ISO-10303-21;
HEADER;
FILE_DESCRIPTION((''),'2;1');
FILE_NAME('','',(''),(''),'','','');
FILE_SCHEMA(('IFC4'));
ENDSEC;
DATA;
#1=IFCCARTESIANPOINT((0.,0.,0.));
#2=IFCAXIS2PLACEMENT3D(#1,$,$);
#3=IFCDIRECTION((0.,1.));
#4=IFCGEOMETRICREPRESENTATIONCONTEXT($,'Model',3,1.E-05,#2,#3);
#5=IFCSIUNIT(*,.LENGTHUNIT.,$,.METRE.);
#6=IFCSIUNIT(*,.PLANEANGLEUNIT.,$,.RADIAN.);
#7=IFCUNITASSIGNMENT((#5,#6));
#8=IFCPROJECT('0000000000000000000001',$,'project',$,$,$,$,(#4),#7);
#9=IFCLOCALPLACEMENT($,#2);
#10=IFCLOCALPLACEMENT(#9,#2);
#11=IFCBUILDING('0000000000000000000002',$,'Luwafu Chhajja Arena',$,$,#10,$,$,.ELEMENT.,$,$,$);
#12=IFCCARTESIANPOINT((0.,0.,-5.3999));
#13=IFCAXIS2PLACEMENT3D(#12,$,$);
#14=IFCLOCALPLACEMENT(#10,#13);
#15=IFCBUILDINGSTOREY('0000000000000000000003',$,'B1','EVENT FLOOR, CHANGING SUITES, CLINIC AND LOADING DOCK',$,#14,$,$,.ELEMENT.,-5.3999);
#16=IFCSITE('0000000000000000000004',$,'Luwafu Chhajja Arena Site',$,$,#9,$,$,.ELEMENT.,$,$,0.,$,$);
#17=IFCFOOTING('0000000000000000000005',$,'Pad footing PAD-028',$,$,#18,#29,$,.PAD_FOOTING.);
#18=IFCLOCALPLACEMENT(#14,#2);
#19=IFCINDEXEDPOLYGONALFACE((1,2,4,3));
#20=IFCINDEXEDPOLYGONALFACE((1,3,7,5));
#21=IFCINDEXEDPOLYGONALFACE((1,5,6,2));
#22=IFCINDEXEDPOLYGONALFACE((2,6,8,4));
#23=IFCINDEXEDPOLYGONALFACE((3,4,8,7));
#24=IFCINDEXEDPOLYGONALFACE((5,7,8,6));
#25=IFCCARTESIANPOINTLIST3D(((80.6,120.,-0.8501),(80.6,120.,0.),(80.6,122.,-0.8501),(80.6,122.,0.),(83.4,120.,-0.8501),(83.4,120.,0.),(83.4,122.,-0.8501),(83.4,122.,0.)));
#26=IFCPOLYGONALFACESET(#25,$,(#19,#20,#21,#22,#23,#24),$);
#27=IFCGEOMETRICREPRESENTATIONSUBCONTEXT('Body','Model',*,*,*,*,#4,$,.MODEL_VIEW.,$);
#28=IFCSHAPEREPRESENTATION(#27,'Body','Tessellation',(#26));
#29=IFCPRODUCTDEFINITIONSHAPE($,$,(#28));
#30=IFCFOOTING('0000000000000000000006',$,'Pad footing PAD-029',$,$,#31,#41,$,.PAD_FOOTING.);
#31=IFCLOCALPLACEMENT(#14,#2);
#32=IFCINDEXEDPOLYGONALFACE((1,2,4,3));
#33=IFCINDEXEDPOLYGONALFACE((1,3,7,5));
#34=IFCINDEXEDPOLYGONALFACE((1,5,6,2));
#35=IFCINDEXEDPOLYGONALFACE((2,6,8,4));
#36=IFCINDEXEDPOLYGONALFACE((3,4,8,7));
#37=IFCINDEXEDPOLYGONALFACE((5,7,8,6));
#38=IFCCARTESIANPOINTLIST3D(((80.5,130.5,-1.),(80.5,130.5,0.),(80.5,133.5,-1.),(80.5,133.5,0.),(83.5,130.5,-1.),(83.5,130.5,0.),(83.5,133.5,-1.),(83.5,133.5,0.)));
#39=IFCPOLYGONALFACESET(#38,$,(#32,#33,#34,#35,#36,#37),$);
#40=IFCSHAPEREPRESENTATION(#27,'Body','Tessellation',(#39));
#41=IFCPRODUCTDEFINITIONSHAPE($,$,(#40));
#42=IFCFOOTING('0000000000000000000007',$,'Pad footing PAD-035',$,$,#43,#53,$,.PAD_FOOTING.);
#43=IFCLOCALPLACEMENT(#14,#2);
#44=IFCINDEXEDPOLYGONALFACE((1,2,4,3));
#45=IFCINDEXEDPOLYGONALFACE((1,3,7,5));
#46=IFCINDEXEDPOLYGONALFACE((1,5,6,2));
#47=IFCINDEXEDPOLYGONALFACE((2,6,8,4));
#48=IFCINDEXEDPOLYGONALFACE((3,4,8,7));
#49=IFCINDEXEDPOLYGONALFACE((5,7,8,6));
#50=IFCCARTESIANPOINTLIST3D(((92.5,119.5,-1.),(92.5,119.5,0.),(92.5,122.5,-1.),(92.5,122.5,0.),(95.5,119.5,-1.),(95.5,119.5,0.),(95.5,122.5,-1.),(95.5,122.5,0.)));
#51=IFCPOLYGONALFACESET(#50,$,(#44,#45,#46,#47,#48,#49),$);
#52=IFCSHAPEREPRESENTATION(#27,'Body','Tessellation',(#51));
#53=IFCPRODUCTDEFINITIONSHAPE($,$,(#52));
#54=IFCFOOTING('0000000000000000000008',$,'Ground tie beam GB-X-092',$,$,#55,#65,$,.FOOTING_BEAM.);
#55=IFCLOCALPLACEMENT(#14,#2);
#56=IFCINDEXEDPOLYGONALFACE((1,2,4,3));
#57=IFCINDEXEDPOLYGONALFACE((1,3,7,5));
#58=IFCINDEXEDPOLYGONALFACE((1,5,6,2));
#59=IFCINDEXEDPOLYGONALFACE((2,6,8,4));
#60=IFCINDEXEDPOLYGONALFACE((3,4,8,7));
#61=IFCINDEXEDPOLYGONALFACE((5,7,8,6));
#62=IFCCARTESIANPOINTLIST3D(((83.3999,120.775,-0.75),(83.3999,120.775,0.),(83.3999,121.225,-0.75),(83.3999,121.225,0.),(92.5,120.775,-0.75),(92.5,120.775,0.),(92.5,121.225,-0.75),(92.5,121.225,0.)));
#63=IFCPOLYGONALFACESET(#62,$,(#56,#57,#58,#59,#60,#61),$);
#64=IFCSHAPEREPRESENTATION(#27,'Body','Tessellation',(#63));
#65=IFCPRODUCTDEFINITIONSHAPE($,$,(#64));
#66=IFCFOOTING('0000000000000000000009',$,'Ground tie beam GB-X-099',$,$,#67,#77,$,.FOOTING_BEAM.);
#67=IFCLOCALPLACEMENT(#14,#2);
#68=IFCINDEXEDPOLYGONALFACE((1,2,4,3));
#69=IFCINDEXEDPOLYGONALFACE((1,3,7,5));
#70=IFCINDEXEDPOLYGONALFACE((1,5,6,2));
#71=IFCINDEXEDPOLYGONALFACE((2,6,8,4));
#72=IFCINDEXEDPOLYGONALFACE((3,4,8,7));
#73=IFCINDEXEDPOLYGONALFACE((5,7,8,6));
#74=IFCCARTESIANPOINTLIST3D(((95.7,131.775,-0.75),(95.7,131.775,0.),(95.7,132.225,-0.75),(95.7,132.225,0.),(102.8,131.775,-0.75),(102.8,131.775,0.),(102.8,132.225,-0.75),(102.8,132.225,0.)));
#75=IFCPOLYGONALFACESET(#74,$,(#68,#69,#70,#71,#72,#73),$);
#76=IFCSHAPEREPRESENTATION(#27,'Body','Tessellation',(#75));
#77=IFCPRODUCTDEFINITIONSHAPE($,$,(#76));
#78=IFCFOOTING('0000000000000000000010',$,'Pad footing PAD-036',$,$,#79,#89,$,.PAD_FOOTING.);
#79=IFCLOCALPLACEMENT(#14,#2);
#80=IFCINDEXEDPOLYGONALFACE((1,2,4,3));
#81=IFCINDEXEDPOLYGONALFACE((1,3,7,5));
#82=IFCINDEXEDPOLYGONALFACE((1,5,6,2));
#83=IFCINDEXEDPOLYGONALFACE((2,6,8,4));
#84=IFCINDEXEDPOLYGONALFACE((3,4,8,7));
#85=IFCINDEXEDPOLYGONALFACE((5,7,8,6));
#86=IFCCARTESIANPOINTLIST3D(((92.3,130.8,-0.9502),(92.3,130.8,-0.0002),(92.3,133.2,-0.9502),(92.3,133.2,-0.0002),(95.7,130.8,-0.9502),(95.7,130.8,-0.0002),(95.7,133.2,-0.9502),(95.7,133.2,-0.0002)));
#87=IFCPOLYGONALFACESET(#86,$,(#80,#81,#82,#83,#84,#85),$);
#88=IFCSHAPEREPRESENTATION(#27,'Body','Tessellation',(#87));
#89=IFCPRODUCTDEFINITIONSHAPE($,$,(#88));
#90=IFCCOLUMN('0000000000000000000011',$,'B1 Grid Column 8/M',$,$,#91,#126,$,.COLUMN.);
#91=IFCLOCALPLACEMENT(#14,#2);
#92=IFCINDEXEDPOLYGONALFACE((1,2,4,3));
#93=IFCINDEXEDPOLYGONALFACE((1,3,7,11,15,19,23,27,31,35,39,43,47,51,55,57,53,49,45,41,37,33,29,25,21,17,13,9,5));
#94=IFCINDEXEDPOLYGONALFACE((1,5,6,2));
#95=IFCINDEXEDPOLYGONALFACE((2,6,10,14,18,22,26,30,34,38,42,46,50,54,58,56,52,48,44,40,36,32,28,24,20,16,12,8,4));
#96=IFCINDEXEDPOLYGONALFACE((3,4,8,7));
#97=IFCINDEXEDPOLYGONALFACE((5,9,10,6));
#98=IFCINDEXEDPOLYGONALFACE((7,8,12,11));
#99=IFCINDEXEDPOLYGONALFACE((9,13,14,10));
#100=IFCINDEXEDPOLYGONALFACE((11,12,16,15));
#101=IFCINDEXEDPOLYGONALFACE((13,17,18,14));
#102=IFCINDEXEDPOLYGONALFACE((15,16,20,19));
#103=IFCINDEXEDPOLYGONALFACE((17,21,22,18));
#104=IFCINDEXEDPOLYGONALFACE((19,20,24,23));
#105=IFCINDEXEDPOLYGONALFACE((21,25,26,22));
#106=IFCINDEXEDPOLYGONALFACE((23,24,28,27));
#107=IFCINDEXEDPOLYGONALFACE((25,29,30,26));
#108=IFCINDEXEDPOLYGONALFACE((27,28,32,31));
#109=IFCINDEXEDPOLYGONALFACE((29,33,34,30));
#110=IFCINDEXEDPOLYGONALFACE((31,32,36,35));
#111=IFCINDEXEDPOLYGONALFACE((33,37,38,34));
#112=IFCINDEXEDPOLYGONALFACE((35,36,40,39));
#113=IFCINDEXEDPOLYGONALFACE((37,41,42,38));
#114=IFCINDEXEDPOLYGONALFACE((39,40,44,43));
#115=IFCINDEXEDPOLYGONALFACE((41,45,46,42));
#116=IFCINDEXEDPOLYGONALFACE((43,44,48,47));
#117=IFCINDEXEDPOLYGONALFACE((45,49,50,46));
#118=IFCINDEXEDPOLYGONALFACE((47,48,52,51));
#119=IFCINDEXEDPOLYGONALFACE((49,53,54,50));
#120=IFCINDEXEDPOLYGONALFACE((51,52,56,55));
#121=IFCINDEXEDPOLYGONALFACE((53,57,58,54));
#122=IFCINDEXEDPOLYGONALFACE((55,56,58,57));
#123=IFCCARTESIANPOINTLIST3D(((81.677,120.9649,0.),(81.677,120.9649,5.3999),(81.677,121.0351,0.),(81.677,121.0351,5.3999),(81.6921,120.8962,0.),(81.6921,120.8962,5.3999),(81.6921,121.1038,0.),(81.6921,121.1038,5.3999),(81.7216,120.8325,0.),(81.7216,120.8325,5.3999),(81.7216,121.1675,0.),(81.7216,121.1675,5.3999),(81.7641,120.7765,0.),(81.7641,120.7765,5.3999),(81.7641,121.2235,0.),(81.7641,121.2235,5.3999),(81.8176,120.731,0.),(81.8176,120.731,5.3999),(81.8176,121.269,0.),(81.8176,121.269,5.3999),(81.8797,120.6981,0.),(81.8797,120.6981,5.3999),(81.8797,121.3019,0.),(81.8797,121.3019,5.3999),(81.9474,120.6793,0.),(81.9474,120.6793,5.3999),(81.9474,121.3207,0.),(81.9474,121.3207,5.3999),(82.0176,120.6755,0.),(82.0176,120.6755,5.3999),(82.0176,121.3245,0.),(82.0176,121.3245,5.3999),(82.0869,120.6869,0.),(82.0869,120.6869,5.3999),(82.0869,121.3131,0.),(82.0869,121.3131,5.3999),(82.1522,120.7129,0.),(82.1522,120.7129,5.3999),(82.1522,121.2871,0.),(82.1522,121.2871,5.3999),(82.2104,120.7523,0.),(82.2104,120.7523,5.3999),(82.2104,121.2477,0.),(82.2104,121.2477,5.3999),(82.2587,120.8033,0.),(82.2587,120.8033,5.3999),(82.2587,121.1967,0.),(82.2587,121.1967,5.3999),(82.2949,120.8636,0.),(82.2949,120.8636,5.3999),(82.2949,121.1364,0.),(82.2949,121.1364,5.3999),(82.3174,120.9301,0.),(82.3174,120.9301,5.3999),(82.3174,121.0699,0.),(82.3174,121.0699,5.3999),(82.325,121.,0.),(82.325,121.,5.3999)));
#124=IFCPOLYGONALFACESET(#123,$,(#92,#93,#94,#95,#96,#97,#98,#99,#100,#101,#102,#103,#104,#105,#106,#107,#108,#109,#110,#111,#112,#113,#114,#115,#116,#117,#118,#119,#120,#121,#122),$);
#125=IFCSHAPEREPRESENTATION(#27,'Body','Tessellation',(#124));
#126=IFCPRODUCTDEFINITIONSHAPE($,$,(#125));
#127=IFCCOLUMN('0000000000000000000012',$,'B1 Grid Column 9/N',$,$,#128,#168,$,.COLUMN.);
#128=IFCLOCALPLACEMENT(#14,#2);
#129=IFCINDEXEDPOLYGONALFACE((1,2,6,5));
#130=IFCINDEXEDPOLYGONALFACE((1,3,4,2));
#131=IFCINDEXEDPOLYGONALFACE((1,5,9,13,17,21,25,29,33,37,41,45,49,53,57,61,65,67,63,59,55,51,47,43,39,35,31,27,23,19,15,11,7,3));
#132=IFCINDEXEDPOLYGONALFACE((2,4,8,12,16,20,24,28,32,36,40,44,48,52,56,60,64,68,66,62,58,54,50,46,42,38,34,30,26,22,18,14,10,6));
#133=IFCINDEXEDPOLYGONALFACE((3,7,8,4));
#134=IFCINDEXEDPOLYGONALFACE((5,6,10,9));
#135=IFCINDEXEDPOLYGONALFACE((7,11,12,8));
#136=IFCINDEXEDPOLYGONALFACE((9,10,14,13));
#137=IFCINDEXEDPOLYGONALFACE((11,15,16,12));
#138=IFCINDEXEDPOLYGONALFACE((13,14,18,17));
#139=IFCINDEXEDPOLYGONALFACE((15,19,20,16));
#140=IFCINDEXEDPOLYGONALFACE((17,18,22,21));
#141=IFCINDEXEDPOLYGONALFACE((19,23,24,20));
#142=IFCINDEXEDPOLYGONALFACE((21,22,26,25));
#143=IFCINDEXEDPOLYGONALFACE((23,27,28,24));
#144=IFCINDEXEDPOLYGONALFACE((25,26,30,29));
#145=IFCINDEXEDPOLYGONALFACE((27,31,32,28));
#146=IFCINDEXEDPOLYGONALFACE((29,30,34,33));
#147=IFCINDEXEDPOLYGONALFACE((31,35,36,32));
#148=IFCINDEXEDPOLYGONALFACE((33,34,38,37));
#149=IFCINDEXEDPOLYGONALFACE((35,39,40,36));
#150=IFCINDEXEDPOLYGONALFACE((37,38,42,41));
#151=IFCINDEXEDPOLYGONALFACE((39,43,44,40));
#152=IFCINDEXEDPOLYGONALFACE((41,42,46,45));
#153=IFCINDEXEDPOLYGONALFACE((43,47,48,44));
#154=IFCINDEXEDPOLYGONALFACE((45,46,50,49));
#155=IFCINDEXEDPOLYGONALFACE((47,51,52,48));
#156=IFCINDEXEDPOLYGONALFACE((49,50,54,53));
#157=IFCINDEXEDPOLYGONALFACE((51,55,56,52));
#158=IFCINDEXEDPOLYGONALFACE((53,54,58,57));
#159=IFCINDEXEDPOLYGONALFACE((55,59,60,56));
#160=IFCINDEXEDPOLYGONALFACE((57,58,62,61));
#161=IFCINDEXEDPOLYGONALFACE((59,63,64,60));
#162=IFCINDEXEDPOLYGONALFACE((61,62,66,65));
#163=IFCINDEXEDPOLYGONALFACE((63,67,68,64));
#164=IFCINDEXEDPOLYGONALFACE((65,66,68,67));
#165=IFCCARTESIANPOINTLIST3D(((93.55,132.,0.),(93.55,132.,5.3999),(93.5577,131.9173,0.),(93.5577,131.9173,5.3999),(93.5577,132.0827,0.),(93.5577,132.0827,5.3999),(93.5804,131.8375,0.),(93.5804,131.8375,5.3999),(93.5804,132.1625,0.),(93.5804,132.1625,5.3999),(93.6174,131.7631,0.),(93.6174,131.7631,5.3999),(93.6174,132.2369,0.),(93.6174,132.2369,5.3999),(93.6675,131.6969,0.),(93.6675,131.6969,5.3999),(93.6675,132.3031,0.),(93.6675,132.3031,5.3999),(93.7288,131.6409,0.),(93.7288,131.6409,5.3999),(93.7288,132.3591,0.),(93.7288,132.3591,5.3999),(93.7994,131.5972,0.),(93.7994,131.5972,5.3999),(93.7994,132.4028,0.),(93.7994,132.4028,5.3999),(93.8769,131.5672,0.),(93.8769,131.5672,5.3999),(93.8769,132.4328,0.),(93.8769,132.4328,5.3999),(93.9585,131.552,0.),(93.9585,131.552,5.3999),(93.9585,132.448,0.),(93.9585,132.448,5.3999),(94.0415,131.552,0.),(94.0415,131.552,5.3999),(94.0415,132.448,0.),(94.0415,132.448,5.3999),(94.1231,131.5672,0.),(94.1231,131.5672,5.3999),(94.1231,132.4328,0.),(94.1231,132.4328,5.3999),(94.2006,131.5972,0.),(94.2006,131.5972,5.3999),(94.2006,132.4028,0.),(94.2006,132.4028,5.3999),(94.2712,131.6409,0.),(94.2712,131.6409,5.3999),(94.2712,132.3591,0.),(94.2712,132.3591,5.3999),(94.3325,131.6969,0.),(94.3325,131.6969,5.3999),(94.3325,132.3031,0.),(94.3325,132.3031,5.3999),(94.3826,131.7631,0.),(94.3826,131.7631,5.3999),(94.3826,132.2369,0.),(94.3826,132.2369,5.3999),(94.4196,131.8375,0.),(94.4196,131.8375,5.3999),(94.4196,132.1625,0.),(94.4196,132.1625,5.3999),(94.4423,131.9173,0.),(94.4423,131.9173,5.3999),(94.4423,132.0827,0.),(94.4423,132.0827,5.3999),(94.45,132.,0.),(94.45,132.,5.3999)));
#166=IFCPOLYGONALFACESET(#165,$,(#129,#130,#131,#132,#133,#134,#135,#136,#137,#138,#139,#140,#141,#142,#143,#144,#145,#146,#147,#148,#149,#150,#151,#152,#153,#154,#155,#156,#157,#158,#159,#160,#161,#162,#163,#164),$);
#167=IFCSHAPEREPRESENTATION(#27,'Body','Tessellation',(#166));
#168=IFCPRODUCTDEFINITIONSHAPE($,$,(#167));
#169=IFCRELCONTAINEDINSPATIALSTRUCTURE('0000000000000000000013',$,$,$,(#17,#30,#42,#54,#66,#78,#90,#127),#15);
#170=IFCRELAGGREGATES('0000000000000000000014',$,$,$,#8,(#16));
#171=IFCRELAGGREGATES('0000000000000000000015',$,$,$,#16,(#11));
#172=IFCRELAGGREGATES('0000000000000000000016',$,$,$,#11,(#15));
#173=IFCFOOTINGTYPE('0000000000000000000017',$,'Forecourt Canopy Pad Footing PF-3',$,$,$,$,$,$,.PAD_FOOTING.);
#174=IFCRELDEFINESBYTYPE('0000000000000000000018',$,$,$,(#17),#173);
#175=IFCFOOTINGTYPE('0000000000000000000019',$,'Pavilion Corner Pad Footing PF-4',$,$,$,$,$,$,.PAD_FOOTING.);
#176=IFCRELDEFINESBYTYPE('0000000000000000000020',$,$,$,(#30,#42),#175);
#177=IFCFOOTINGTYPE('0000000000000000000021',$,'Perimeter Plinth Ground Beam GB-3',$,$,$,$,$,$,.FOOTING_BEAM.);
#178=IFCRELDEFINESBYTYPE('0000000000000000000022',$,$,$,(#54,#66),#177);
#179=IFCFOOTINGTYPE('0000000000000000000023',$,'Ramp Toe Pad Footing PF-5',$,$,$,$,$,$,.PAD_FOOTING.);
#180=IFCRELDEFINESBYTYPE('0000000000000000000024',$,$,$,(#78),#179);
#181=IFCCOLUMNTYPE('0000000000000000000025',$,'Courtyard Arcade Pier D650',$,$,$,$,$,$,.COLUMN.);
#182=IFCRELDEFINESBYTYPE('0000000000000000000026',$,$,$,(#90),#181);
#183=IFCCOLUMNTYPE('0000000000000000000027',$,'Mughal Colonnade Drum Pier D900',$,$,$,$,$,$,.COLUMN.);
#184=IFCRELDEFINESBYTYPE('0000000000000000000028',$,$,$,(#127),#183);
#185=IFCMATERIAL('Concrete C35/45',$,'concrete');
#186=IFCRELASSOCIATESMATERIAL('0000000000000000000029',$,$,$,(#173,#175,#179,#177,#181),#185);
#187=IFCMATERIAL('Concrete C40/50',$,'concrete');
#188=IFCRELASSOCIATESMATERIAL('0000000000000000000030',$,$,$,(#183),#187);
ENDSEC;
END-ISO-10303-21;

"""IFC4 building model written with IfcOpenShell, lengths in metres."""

from ifc_helpers import new_model, si_unit, direction, frame, origin, origin_2d, place, context, subcontext, project, spatial, rectangle, circle, extrude, material, material_profile, profile_set, type_object, element, save


model = new_model("IFC4")

# Units and contexts
model_context = context("Model", 3, precision=1e-05, world=origin(), true_north=direction((0.0, 1.0)))
body_context = subcontext(model_context, "Body", "Model", "MODEL_VIEW")
ifc_project = project(units=[si_unit("LENGTHUNIT", "METRE"), si_unit("PLANEANGLEUNIT", "RADIAN")], contexts=[model_context])

# Site, building, storey
site_placement = place(None, origin())
site = spatial("IfcSite", under=ifc_project, at=site_placement, Name="Luwafu Chhajja Arena Site", CompositionType="ELEMENT", RefElevation=0.0)
building_placement = place(site_placement, origin())
building = spatial("IfcBuilding", under=site, at=building_placement, Name="Luwafu Chhajja Arena", CompositionType="ELEMENT")
storey_placement = place(building_placement, frame((0.0, 0.0, -5.3999)))
storey = spatial("IfcBuildingStorey", under=building, at=storey_placement, Name="B1", Description="EVENT FLOOR, CHANGING SUITES, CLINIC AND LOADING DOCK", CompositionType="ELEMENT", Elevation=-5.3999)

# Footings
ifc_material_1 = material(Name="Concrete C35/45", Category="concrete")
footing_type_1 = type_object("IfcFootingType", Name="Forecourt Canopy Pad Footing PF-3", PredefinedType="PAD_FOOTING", material=ifc_material_1)
footing_1_placement = place(storey_placement, frame((82.0, 121.0, -0.8501), z_axis=(0.0, 0.0, 1.0), x_axis=(1.0, 0.0, 0.0)))
element("IfcFooting", 1, at=footing_1_placement, inside=storey, type_object=footing_type_1, Name="Pad footing PAD-028", PredefinedType="PAD_FOOTING", context=body_context, shape_type="SweptSolid", body=[
    extrude(rectangle(XDim=2.8, YDim=2.0, at=origin_2d()), origin(), (0.0, 0.0, 1.0), 0.8501),
])
footing_type_2 = type_object("IfcFootingType", Name="Pavilion Corner Pad Footing PF-4", PredefinedType="PAD_FOOTING", material=ifc_material_1)
for number, where, z_axis, x_axis, name in (
    (2, (82.0, 132.0, -1.0), (0.0, 0.0, 1.0), (1.0, 0.0, 0.0), "Pad footing PAD-029"),
    (3, (94.0, 121.0, -1.0), (0.0, 0.0, 1.0), (1.0, 0.0, 0.0), "Pad footing PAD-035"),
):
    element("IfcFooting", number, at=place(storey_placement, frame(where, z_axis=z_axis, x_axis=x_axis)), inside=storey, type_object=footing_type_2, Name=name, PredefinedType="PAD_FOOTING", context=body_context, shape_type="SweptSolid", body=[
        extrude(rectangle(XDim=3.0, YDim=3.0, at=origin_2d()), origin(), (0.0, 0.0, 1.0), 1.0),
    ])
ifc_material_profile_1 = material_profile(ifc_material_1, rectangle(XDim=0.45, YDim=0.75, at=origin_2d()), Name="RC 450x750")
ifc_profile_set_1 = profile_set([ifc_material_profile_1], Name="Concrete C35/45")
footing_type_3 = type_object("IfcFootingType", Name="Perimeter Plinth Ground Beam GB-3", PredefinedType="FOOTING_BEAM", material=ifc_profile_set_1)
footing_2_placement = place(storey_placement, frame((83.3999, 121.0, -0.375), z_axis=(1.0, 0.0, 0.0), x_axis=(0.0, 1.0, 0.0)))
element("IfcFooting", 4, at=footing_2_placement, inside=storey, type_object=footing_type_3, Name="Ground tie beam GB-X-092", PredefinedType="FOOTING_BEAM", context=body_context, shape_type="SweptSolid", body=[
    extrude(rectangle(XDim=0.45, YDim=0.75, at=origin_2d()), origin(), (0.0, 0.0, 1.0), 9.1001),
])
footing_3_placement = place(storey_placement, frame((95.7, 132.0, -0.375), z_axis=(1.0, 0.0, 0.0), x_axis=(0.0, 1.0, 0.0)))
element("IfcFooting", 5, at=footing_3_placement, inside=storey, type_object=footing_type_3, Name="Ground tie beam GB-X-099", PredefinedType="FOOTING_BEAM", context=body_context, shape_type="SweptSolid", body=[
    extrude(rectangle(XDim=0.45, YDim=0.75, at=origin_2d()), origin(), (0.0, 0.0, 1.0), 7.1001),
])
footing_type_4 = type_object("IfcFootingType", Name="Ramp Toe Pad Footing PF-5", PredefinedType="PAD_FOOTING", material=ifc_material_1)
footing_4_placement = place(storey_placement, frame((94.0, 132.0, -0.9502), z_axis=(0.0, 0.0, 1.0), x_axis=(1.0, 0.0, 0.0)))
element("IfcFooting", 6, at=footing_4_placement, inside=storey, type_object=footing_type_4, Name="Pad footing PAD-036", PredefinedType="PAD_FOOTING", context=body_context, shape_type="SweptSolid", body=[
    extrude(rectangle(XDim=3.3999, YDim=2.3999, at=origin_2d()), origin(), (0.0, 0.0, 1.0), 0.95),
])

# Columns
ifc_material_profile_2 = material_profile(ifc_material_1, circle(Radius=0.325, at=origin_2d()), Name="RC COL D650")
ifc_profile_set_2 = profile_set([ifc_material_profile_2], Name="Concrete C35/45")
column_type_1 = type_object("IfcColumnType", Name="Courtyard Arcade Pier D650", PredefinedType="COLUMN", material=ifc_profile_set_2)
column_1_placement = place(storey_placement, frame((82.0, 121.0, 0.0), z_axis=(0.0, 0.0, 1.0), x_axis=(1.0, 0.0, 0.0)))
element("IfcColumn", 7, at=column_1_placement, inside=storey, type_object=column_type_1, Name="B1 Grid Column 8/M", PredefinedType="COLUMN", context=body_context, shape_type="SweptSolid", body=[
    extrude(circle(Radius=0.325, at=origin_2d()), origin(), (0.0, 0.0, 1.0), 5.3999),
])
ifc_material_2 = material(Name="Concrete C40/50", Category="concrete")
ifc_material_profile_3 = material_profile(ifc_material_2, circle(Radius=0.45, at=origin_2d()), Name="RC COL D900")
ifc_profile_set_3 = profile_set([ifc_material_profile_3], Name="Concrete C40/50")
column_type_2 = type_object("IfcColumnType", Name="Mughal Colonnade Drum Pier D900", PredefinedType="COLUMN", material=ifc_profile_set_3)
column_2_placement = place(storey_placement, frame((94.0, 132.0, 0.0), z_axis=(0.0, 0.0, 1.0), x_axis=(1.0, 0.0, 0.0)))
element("IfcColumn", 8, at=column_2_placement, inside=storey, type_object=column_type_2, Name="B1 Grid Column 9/N", PredefinedType="COLUMN", context=body_context, shape_type="SweptSolid", body=[
    extrude(circle(Radius=0.45, at=origin_2d()), origin(), (0.0, 0.0, 1.0), 5.3999),
])

save(model, "model.ifc")
